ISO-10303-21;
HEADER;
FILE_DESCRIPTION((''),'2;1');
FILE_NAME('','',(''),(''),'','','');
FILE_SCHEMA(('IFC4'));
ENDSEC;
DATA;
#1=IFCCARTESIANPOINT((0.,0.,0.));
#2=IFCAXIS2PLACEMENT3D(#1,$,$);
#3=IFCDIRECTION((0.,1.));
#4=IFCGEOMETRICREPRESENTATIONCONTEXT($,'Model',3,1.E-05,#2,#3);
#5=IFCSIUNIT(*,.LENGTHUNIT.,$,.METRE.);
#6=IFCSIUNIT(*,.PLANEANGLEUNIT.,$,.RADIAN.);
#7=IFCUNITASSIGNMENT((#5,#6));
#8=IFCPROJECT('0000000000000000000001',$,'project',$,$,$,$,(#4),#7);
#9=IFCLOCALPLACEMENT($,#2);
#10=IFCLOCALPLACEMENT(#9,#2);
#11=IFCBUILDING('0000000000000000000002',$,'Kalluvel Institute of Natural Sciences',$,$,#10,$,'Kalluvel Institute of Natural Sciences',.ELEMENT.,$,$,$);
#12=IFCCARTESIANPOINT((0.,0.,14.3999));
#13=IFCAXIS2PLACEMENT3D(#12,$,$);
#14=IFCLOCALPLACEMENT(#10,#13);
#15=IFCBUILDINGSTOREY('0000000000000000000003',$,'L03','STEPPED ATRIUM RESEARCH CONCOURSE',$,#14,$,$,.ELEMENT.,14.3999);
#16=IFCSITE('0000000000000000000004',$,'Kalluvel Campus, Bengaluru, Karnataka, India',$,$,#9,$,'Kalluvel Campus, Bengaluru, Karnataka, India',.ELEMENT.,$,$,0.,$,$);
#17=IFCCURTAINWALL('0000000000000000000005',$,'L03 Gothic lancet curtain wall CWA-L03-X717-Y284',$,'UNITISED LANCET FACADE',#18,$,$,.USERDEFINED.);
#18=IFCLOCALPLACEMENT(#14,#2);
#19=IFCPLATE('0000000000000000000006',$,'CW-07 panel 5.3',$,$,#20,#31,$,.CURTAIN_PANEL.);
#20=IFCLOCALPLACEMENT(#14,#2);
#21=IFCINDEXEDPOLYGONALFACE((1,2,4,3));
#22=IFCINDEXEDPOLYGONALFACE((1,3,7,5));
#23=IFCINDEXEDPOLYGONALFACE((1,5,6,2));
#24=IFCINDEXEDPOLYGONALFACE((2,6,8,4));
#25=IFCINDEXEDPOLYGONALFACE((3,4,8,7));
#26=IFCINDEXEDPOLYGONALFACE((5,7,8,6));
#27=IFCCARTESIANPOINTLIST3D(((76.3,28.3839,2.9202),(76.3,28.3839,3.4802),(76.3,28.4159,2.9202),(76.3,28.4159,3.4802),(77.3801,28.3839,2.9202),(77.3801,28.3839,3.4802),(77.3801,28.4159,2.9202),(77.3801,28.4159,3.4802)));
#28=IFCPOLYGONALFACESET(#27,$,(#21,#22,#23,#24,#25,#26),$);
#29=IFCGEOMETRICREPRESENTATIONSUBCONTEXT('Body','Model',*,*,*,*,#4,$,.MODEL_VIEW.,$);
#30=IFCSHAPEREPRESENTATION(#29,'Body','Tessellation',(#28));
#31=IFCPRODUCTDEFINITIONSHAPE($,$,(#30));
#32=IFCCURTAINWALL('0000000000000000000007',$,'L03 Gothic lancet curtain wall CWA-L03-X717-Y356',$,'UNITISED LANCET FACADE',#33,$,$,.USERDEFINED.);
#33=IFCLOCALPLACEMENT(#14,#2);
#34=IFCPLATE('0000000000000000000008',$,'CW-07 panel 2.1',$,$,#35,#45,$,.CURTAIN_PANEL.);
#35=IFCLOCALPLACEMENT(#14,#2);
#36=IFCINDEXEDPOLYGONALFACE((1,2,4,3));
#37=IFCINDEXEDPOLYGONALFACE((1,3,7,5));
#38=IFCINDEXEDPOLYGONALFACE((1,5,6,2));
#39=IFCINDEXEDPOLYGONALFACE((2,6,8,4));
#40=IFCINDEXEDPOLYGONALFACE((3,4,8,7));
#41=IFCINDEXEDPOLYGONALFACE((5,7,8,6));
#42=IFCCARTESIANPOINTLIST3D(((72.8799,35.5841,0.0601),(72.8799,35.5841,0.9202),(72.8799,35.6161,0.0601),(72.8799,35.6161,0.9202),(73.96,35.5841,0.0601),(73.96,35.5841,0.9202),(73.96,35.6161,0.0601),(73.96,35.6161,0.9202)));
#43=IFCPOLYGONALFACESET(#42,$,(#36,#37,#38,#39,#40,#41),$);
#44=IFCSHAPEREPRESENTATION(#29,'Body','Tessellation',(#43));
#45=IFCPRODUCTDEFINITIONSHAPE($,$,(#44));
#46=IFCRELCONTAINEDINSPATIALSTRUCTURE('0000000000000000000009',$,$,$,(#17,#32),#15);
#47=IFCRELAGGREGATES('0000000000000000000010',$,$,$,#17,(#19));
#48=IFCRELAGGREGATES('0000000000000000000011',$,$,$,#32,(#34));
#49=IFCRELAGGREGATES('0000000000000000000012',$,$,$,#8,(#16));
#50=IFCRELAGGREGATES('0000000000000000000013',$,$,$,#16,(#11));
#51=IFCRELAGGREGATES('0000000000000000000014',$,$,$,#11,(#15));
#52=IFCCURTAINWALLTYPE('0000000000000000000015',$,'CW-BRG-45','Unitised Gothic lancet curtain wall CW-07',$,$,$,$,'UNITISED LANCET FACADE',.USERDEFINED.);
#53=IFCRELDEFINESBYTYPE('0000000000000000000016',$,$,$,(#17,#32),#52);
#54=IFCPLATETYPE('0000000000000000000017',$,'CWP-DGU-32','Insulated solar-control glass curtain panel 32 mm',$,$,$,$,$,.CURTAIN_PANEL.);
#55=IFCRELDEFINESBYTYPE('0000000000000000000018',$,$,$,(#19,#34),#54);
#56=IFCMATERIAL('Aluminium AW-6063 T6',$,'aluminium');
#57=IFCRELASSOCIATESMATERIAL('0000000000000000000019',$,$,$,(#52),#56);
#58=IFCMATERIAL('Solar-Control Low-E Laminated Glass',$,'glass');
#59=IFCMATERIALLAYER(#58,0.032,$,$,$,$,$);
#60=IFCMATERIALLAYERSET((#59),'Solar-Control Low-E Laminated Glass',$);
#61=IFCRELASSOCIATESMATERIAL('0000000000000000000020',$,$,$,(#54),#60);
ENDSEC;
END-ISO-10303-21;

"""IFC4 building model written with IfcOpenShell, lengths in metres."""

from ifc_helpers import new_model, si_unit, direction, frame, origin, origin_2d, place, context, subcontext, project, spatial, rectangle, extrude, material, layer, layer_set, type_object, element, aggregate, save


model = new_model("IFC4")

# Units and contexts
model_context = context("Model", 3, precision=1e-05, world=origin(), true_north=direction((0.0, 1.0)))
body_context = subcontext(model_context, "Body", "Model", "MODEL_VIEW")
ifc_project = project(units=[si_unit("LENGTHUNIT", "METRE"), si_unit("PLANEANGLEUNIT", "RADIAN")], contexts=[model_context])

# Site, building, storey
site_placement = place(None, origin())
site = spatial("IfcSite", under=ifc_project, at=site_placement, Name="Kalluvel Campus, Bengaluru, Karnataka, India", LongName="Kalluvel Campus, Bengaluru, Karnataka, India", CompositionType="ELEMENT", RefElevation=0.0)
building_placement = place(site_placement, origin())
building = spatial("IfcBuilding", under=site, at=building_placement, Name="Kalluvel Institute of Natural Sciences", LongName="Kalluvel Institute of Natural Sciences", CompositionType="ELEMENT")
storey_placement = place(building_placement, frame((0.0, 0.0, 14.3999)))
storey = spatial("IfcBuildingStorey", under=building, at=storey_placement, Name="L03", Description="STEPPED ATRIUM RESEARCH CONCOURSE", CompositionType="ELEMENT", Elevation=14.3999)

# Curtain wall, plate
ifc_material_1 = material(Name="Aluminium AW-6063 T6", Category="aluminium")
curtain_wall_type = type_object("IfcCurtainWallType", Name="CW-BRG-45", Description="Unitised Gothic lancet curtain wall CW-07", ElementType="UNITISED LANCET FACADE", PredefinedType="USERDEFINED", material=ifc_material_1)
curtain_wall_1_placement = place(storey_placement, origin())
curtain_wall_1 = element("IfcCurtainWall", 1, at=curtain_wall_1_placement, inside=storey, type_object=curtain_wall_type, Name="L03 Gothic lancet curtain wall CWA-L03-X717-Y284", ObjectType="UNITISED LANCET FACADE", PredefinedType="USERDEFINED")
ifc_material_2 = material(Name="Solar-Control Low-E Laminated Glass", Category="glass")
ifc_layer = layer(ifc_material_2, 0.032)
ifc_layer_set = layer_set([ifc_layer], Name="Solar-Control Low-E Laminated Glass")
plate_type = type_object("IfcPlateType", Name="CWP-DGU-32", Description="Insulated solar-control glass curtain panel 32 mm", PredefinedType="CURTAIN_PANEL", material=ifc_layer_set)
plate_1_placement = place(storey_placement, frame((76.8401, 28.3999, 2.9202), z_axis=(0.0, 0.0, 1.0), x_axis=(1.0, 0.0, 0.0)))
plate_1 = element("IfcPlate", 2, at=plate_1_placement, type_object=plate_type, Name="CW-07 panel 5.3", PredefinedType="CURTAIN_PANEL", context=body_context, shape_type="SweptSolid", body=[
    extrude(rectangle(XDim=1.0801, YDim=0.032, at=origin_2d()), origin(), (0.0, 0.0, 1.0), 0.5601),
])
aggregate(curtain_wall_1, [plate_1])

# Curtain wall, plate
curtain_wall_2_placement = place(storey_placement, origin())
curtain_wall_2 = element("IfcCurtainWall", 3, at=curtain_wall_2_placement, inside=storey, type_object=curtain_wall_type, Name="L03 Gothic lancet curtain wall CWA-L03-X717-Y356", ObjectType="UNITISED LANCET FACADE", PredefinedType="USERDEFINED")
plate_2_placement = place(storey_placement, frame((73.4199, 35.6001, 0.0601), z_axis=(0.0, 0.0, 1.0), x_axis=(1.0, 0.0, 0.0)))
plate_2 = element("IfcPlate", 4, at=plate_2_placement, type_object=plate_type, Name="CW-07 panel 2.1", PredefinedType="CURTAIN_PANEL", context=body_context, shape_type="SweptSolid", body=[
    extrude(rectangle(XDim=1.0801, YDim=0.032, at=origin_2d()), origin(), (0.0, 0.0, 1.0), 0.8601),
])
aggregate(curtain_wall_2, [plate_2])

save(model, "model.ifc")
